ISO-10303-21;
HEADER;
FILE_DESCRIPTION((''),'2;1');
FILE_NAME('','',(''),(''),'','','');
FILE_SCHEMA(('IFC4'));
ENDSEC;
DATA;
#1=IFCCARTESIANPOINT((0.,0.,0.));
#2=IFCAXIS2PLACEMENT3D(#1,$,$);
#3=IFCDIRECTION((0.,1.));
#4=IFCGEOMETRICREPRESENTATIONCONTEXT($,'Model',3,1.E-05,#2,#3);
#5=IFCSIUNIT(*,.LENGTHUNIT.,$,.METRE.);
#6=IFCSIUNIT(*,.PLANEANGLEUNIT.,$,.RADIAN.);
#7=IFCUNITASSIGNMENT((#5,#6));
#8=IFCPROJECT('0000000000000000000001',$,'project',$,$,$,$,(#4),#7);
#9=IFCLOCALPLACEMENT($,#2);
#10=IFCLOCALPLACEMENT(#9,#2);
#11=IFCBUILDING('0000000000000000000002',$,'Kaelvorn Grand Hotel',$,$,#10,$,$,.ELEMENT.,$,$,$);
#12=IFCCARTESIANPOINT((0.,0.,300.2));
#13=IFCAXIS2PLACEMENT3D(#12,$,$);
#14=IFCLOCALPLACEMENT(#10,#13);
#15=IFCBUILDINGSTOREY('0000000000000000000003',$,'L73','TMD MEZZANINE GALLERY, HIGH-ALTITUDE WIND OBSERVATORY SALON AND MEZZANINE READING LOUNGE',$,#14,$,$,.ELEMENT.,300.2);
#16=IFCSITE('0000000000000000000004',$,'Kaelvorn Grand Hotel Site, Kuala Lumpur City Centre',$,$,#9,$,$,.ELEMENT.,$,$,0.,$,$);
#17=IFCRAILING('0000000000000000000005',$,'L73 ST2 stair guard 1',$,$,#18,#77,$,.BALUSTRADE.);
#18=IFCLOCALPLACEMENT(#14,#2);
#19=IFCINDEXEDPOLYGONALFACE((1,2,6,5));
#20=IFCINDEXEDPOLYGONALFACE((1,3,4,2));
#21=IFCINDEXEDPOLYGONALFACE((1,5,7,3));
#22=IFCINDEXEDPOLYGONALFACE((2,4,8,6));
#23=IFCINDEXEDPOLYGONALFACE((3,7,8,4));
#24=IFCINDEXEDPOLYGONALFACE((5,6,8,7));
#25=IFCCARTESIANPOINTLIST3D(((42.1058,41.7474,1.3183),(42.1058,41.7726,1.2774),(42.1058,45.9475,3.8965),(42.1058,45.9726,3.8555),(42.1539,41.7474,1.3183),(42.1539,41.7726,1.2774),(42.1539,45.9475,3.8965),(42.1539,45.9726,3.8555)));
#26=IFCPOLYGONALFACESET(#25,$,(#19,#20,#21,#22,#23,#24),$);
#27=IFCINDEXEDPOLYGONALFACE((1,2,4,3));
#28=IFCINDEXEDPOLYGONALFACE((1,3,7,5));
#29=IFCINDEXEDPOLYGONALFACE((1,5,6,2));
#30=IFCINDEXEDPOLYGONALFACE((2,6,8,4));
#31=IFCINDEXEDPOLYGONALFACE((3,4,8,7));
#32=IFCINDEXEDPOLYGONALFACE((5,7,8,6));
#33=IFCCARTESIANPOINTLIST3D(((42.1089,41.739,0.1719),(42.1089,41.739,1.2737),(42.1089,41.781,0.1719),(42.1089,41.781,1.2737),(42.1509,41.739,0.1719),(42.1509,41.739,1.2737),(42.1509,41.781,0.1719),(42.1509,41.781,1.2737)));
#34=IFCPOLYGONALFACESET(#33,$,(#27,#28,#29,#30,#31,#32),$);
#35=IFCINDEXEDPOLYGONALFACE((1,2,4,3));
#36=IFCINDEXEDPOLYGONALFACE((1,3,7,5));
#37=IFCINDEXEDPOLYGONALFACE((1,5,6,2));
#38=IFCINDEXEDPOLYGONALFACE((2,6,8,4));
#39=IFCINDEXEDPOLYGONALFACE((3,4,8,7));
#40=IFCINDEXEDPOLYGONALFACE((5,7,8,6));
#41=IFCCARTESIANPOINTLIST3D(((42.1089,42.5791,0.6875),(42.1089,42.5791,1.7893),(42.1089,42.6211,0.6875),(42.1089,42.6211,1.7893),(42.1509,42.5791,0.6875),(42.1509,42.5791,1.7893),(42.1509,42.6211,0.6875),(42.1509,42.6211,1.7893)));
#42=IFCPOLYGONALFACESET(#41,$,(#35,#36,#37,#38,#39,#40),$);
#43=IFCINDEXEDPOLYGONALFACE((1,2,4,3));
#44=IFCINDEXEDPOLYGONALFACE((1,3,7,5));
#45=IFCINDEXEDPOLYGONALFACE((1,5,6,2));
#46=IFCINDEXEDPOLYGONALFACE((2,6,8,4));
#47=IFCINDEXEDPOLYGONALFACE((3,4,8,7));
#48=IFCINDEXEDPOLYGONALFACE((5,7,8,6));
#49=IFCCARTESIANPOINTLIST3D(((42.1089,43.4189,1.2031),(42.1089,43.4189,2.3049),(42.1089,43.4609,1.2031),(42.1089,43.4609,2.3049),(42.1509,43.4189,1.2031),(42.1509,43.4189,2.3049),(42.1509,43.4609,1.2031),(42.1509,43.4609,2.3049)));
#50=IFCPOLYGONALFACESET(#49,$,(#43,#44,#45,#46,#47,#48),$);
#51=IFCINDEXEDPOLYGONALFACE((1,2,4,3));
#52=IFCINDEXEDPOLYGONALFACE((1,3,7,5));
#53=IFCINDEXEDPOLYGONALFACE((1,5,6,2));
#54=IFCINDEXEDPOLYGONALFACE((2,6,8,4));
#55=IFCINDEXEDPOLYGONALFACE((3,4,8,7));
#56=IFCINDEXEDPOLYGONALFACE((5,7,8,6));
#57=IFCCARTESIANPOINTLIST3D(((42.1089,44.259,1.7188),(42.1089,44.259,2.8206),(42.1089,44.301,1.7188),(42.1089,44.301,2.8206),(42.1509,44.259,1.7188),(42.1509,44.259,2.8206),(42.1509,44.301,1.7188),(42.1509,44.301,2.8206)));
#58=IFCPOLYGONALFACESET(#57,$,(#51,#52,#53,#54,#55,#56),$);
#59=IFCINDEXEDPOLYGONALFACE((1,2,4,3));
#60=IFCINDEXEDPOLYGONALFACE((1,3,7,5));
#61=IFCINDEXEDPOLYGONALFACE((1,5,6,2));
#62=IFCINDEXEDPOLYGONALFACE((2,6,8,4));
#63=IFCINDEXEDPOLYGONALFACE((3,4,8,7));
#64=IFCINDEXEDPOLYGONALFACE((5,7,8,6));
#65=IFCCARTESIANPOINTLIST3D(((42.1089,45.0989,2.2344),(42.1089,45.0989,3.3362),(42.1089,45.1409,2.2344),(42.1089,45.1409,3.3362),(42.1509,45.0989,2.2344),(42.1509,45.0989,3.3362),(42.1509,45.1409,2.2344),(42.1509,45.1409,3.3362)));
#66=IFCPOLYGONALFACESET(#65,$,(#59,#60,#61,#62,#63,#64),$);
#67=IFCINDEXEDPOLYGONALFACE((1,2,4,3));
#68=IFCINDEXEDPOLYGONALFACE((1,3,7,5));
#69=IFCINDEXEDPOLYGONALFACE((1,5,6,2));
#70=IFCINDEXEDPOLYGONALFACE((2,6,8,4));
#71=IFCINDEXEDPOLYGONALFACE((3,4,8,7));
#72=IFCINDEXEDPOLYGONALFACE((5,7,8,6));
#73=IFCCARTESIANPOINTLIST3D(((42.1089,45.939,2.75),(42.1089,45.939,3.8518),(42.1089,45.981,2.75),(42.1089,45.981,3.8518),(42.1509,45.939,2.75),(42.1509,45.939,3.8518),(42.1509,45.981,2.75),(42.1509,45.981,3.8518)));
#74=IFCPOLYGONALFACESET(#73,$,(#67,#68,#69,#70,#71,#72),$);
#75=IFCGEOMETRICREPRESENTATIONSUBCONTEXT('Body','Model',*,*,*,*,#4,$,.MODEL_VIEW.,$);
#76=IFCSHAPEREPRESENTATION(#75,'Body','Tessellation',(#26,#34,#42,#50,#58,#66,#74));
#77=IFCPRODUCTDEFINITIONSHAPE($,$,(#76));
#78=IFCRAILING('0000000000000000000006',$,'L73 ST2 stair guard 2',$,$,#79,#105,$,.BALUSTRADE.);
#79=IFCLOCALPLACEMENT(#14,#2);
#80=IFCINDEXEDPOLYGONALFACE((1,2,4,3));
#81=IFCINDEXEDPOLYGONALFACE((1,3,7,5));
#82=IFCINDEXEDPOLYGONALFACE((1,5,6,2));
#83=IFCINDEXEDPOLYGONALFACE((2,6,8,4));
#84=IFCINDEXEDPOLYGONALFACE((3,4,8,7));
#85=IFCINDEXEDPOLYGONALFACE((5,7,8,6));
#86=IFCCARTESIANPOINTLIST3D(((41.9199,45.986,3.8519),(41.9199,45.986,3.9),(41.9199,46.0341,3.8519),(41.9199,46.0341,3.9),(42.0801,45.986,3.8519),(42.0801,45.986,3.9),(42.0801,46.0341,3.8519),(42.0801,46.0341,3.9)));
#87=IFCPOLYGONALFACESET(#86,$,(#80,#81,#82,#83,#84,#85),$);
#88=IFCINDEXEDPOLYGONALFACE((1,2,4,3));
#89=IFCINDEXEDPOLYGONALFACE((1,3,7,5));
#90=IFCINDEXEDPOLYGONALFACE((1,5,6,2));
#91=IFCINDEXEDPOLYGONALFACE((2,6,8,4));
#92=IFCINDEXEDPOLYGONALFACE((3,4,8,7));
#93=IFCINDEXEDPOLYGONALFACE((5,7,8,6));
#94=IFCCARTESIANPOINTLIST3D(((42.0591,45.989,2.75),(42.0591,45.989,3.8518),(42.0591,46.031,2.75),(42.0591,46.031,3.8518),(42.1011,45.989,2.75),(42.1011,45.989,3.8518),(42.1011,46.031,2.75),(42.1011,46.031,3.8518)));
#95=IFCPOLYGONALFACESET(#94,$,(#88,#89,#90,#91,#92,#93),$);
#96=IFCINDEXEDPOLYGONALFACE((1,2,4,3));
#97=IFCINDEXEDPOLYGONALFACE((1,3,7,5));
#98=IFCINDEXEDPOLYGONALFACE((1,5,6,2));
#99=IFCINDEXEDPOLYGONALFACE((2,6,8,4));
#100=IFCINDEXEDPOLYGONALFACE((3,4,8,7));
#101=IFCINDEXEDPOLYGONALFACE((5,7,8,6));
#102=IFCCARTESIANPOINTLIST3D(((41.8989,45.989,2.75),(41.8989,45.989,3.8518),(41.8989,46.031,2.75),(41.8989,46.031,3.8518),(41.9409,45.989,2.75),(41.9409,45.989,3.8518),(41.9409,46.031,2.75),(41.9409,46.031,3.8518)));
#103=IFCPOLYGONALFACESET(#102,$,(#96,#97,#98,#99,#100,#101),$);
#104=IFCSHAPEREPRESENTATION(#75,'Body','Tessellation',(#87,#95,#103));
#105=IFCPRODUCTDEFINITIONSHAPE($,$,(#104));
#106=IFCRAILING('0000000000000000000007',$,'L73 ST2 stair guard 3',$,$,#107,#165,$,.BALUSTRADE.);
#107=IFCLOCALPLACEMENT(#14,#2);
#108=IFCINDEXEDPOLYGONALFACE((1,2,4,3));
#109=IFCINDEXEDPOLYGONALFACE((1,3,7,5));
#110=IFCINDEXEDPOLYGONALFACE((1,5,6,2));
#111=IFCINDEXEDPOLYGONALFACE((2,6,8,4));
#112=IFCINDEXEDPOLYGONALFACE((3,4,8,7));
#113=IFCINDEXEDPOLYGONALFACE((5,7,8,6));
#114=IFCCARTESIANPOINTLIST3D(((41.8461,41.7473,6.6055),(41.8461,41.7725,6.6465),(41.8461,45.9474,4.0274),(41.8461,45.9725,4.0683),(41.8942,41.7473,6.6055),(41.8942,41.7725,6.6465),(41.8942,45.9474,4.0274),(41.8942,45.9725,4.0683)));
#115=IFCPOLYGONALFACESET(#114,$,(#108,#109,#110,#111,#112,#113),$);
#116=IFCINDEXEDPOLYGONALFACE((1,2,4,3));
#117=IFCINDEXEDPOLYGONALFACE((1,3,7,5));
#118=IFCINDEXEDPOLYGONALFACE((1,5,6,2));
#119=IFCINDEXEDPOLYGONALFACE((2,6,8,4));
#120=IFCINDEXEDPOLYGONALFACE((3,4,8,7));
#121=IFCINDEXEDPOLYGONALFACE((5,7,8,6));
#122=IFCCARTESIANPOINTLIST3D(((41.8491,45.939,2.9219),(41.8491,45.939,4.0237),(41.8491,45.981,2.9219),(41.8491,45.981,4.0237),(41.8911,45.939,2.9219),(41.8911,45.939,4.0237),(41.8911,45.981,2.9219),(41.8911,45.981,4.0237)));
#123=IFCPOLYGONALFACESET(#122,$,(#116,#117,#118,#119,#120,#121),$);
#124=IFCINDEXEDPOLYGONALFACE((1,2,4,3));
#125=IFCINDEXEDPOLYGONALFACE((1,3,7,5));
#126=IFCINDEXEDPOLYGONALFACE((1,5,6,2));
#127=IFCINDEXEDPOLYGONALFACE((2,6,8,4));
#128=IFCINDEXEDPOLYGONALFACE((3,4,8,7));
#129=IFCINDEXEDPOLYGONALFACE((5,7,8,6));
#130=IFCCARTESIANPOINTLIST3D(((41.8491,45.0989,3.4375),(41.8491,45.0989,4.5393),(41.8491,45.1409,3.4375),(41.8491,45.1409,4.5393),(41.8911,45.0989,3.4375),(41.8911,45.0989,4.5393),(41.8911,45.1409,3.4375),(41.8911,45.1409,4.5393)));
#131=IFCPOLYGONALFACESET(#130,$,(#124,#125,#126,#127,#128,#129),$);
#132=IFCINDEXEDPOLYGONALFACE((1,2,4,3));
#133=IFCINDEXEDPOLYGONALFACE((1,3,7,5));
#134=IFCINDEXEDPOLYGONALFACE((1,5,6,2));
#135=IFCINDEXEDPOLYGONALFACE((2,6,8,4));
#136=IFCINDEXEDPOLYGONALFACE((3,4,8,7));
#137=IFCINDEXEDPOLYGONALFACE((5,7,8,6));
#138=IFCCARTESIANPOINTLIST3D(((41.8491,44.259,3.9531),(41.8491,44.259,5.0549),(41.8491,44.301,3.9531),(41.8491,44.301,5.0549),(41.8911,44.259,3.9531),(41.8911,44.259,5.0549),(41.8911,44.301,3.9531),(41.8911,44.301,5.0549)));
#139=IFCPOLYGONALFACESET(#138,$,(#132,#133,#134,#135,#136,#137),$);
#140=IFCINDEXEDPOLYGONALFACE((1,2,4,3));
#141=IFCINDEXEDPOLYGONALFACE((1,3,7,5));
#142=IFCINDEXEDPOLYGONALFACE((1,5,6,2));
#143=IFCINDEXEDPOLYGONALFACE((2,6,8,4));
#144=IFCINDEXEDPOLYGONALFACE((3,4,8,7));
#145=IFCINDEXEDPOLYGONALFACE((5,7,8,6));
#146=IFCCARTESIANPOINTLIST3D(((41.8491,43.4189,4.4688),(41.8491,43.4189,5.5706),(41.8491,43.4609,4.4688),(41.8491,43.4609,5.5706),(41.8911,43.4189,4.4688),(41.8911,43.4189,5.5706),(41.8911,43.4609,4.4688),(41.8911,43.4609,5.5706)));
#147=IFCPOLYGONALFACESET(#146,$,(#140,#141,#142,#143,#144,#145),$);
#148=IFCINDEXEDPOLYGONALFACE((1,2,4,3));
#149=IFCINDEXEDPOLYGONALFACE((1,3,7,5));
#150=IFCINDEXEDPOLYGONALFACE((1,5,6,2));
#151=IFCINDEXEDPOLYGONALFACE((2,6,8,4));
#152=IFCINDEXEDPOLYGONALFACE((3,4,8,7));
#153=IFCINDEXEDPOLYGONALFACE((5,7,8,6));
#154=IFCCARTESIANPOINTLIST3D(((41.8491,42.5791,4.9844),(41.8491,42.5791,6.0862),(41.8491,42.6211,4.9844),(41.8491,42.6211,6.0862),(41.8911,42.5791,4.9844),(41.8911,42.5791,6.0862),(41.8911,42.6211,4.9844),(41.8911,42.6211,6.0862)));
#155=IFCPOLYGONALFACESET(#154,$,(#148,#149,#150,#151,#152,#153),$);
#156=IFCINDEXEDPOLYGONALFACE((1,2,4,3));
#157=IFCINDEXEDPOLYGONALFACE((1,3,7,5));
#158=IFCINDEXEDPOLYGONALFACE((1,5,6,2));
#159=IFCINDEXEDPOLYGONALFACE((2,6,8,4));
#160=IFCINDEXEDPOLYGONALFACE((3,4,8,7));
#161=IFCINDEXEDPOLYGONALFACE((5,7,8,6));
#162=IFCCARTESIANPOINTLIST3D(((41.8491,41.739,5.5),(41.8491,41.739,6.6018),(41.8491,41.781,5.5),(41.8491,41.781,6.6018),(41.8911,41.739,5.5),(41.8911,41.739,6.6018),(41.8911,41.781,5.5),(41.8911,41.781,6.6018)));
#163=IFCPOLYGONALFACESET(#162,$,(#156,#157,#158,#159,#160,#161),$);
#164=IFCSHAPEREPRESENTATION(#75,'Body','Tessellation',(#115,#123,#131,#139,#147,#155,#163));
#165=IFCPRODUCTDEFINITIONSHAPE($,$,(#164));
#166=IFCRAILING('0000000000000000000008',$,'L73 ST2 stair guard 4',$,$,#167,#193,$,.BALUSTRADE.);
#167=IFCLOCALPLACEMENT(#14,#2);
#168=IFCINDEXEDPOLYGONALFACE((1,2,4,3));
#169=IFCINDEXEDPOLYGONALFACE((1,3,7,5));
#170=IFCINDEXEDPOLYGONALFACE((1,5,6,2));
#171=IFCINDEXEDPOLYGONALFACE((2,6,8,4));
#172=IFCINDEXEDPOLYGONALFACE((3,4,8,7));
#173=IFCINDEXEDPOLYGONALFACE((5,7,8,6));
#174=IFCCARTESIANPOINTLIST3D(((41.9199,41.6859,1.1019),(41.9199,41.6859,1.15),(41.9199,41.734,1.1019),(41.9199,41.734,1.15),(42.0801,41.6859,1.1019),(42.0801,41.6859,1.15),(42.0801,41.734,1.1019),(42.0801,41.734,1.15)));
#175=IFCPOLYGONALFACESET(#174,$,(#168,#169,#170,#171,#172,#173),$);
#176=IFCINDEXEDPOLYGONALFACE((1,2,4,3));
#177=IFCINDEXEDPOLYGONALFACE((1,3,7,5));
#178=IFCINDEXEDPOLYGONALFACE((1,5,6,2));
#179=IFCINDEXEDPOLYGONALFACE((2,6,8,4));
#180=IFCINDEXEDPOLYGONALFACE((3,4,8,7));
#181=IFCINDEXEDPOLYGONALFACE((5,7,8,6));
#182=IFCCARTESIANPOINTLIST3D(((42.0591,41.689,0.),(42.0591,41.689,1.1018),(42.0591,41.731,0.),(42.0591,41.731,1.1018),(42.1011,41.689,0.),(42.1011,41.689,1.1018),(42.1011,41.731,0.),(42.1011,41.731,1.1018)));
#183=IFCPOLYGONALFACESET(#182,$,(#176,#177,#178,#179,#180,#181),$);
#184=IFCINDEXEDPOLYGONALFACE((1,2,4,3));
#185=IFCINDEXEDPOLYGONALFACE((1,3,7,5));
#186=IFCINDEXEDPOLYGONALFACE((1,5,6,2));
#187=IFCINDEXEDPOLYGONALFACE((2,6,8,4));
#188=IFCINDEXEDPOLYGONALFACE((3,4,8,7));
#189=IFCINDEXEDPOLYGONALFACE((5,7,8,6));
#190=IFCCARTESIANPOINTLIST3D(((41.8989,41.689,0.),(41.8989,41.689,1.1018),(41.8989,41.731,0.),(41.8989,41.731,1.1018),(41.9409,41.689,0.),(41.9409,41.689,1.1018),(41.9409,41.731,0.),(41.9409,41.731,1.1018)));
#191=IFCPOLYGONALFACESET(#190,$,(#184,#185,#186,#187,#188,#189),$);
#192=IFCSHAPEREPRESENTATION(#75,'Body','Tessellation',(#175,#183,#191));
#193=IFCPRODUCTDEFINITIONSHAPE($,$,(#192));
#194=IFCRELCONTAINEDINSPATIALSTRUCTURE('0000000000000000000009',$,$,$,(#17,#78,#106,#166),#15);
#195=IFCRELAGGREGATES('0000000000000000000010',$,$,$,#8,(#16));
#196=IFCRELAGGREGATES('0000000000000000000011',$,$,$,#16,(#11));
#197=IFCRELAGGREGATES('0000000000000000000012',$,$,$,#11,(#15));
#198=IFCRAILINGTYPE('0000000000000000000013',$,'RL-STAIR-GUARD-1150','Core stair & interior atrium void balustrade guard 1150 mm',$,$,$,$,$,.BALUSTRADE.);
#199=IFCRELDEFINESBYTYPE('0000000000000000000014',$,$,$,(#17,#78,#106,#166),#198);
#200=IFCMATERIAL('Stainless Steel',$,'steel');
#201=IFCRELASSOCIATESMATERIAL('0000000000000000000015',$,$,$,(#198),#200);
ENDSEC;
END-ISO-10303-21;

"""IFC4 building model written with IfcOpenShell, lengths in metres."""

from ifc_helpers import new_model, si_unit, direction, frame, origin, origin_2d, place, context, subcontext, project, spatial, rectangle, extrude, material, type_object, element, save


model = new_model("IFC4")

# Units and contexts
model_context = context("Model", 3, precision=1e-05, world=origin(), true_north=direction((0.0, 1.0)))
body_context = subcontext(model_context, "Body", "Model", "MODEL_VIEW")
ifc_project = project(units=[si_unit("LENGTHUNIT", "METRE"), si_unit("PLANEANGLEUNIT", "RADIAN")], contexts=[model_context])

# Site, building, storey
site_placement = place(None, origin())
site = spatial("IfcSite", under=ifc_project, at=site_placement, Name="Kaelvorn Grand Hotel Site, Kuala Lumpur City Centre", CompositionType="ELEMENT", RefElevation=0.0)
building_placement = place(site_placement, origin())
building = spatial("IfcBuilding", under=site, at=building_placement, Name="Kaelvorn Grand Hotel", CompositionType="ELEMENT")
storey_placement = place(building_placement, frame((0.0, 0.0, 300.2)))
storey = spatial("IfcBuildingStorey", under=building, at=storey_placement, Name="L73", Description="TMD MEZZANINE GALLERY, HIGH-ALTITUDE WIND OBSERVATORY SALON AND MEZZANINE READING LOUNGE", CompositionType="ELEMENT", Elevation=300.2)

# Railings
ifc_material_1 = material(Name="Stainless Steel", Category="steel")
railing_type_1 = type_object("IfcRailingType", Name="RL-STAIR-GUARD-1150", Description="Core stair & interior atrium void balustrade guard 1150 mm", PredefinedType="BALUSTRADE", material=ifc_material_1)
railing_1_placement = place(storey_placement, frame((42.1299, 41.76, 0.1719)))
element("IfcRailing", 1, at=railing_1_placement, inside=storey, type_object=railing_type_1, Name="L73 ST2 stair guard 1", PredefinedType="BALUSTRADE", context=body_context, shape_type="SweptSolid", body=[
    extrude(rectangle(XDim=0.0481, YDim=0.0481, at=origin_2d()), frame((0.0, 0.0, 1.126), z_axis=(0.0, 0.852243, 0.523146), x_axis=(-1.0, 0.0, 0.0)), (0.0, 0.0, 1.0), 4.9282),
    extrude(rectangle(XDim=0.042, YDim=0.042, at=origin_2d()), origin(), (0.0, 0.0, 1.0), 1.1018),
    extrude(rectangle(XDim=0.042, YDim=0.042, at=origin_2d()), frame((0.0, 0.8401, 0.5156)), (0.0, 0.0, 1.0), 1.1018),
    extrude(rectangle(XDim=0.042, YDim=0.042, at=origin_2d()), frame((0.0, 1.6799, 1.0312)), (0.0, 0.0, 1.0), 1.1018),
    extrude(rectangle(XDim=0.042, YDim=0.042, at=origin_2d()), frame((0.0, 2.52, 1.5469)), (0.0, 0.0, 1.0), 1.1018),
    extrude(rectangle(XDim=0.042, YDim=0.042, at=origin_2d()), frame((0.0, 3.3599, 2.0625)), (0.0, 0.0, 1.0), 1.1018),
    extrude(rectangle(XDim=0.042, YDim=0.042, at=origin_2d()), frame((0.0, 4.2, 2.5781)), (0.0, 0.0, 1.0), 1.1018),
])
railing_2_placement = place(storey_placement, frame((42.0801, 46.01, 2.75)))
element("IfcRailing", 2, at=railing_2_placement, inside=storey, type_object=railing_type_1, Name="L73 ST2 stair guard 2", PredefinedType="BALUSTRADE", context=body_context, shape_type="SweptSolid", body=[
    extrude(rectangle(XDim=0.0481, YDim=0.0481, at=origin_2d()), frame((0.0, 0.0, 1.126), z_axis=(-1.0, 0.0, 0.0), x_axis=(0.0, -1.0, 0.0)), (0.0, 0.0, 1.0), 0.1602),
    extrude(rectangle(XDim=0.042, YDim=0.042, at=origin_2d()), origin(), (0.0, 0.0, 1.0), 1.1018),
    extrude(rectangle(XDim=0.042, YDim=0.042, at=origin_2d()), frame((-0.1602, 0.0, 0.0)), (0.0, 0.0, 1.0), 1.1018),
])
railing_3_placement = place(storey_placement, frame((41.8701, 45.96, 2.9219)))
element("IfcRailing", 3, at=railing_3_placement, inside=storey, type_object=railing_type_1, Name="L73 ST2 stair guard 3", PredefinedType="BALUSTRADE", context=body_context, shape_type="SweptSolid", body=[
    extrude(rectangle(XDim=0.0481, YDim=0.0481, at=origin_2d()), frame((0.0, 0.0, 1.126), z_axis=(0.0, -0.852243, 0.523146), x_axis=(1.0, 0.0, 0.0)), (0.0, 0.0, 1.0), 4.9282),
    extrude(rectangle(XDim=0.042, YDim=0.042, at=origin_2d()), origin(), (0.0, 0.0, 1.0), 1.1018),
    extrude(rectangle(XDim=0.042, YDim=0.042, at=origin_2d()), frame((0.0, -0.8401, 0.5156)), (0.0, 0.0, 1.0), 1.1018),
    extrude(rectangle(XDim=0.042, YDim=0.042, at=origin_2d()), frame((0.0, -1.6799, 1.0312)), (0.0, 0.0, 1.0), 1.1018),
    extrude(rectangle(XDim=0.042, YDim=0.042, at=origin_2d()), frame((0.0, -2.52, 1.5469)), (0.0, 0.0, 1.0), 1.1018),
    extrude(rectangle(XDim=0.042, YDim=0.042, at=origin_2d()), frame((0.0, -3.3599, 2.0625)), (0.0, 0.0, 1.0), 1.1018),
    extrude(rectangle(XDim=0.042, YDim=0.042, at=origin_2d()), frame((0.0, -4.2, 2.5781)), (0.0, 0.0, 1.0), 1.1018),
])
railing_4_placement = place(storey_placement, frame((42.0801, 41.71, 0.0)))
element("IfcRailing", 4, at=railing_4_placement, inside=storey, type_object=railing_type_1, Name="L73 ST2 stair guard 4", PredefinedType="BALUSTRADE", context=body_context, shape_type="SweptSolid", body=[
    extrude(rectangle(XDim=0.0481, YDim=0.0481, at=origin_2d()), frame((0.0, 0.0, 1.126), z_axis=(-1.0, 0.0, 0.0), x_axis=(0.0, -1.0, 0.0)), (0.0, 0.0, 1.0), 0.1602),
    extrude(rectangle(XDim=0.042, YDim=0.042, at=origin_2d()), origin(), (0.0, 0.0, 1.0), 1.1018),
    extrude(rectangle(XDim=0.042, YDim=0.042, at=origin_2d()), frame((-0.1602, 0.0, 0.0)), (0.0, 0.0, 1.0), 1.1018),
])

save(model, "model.ifc")
